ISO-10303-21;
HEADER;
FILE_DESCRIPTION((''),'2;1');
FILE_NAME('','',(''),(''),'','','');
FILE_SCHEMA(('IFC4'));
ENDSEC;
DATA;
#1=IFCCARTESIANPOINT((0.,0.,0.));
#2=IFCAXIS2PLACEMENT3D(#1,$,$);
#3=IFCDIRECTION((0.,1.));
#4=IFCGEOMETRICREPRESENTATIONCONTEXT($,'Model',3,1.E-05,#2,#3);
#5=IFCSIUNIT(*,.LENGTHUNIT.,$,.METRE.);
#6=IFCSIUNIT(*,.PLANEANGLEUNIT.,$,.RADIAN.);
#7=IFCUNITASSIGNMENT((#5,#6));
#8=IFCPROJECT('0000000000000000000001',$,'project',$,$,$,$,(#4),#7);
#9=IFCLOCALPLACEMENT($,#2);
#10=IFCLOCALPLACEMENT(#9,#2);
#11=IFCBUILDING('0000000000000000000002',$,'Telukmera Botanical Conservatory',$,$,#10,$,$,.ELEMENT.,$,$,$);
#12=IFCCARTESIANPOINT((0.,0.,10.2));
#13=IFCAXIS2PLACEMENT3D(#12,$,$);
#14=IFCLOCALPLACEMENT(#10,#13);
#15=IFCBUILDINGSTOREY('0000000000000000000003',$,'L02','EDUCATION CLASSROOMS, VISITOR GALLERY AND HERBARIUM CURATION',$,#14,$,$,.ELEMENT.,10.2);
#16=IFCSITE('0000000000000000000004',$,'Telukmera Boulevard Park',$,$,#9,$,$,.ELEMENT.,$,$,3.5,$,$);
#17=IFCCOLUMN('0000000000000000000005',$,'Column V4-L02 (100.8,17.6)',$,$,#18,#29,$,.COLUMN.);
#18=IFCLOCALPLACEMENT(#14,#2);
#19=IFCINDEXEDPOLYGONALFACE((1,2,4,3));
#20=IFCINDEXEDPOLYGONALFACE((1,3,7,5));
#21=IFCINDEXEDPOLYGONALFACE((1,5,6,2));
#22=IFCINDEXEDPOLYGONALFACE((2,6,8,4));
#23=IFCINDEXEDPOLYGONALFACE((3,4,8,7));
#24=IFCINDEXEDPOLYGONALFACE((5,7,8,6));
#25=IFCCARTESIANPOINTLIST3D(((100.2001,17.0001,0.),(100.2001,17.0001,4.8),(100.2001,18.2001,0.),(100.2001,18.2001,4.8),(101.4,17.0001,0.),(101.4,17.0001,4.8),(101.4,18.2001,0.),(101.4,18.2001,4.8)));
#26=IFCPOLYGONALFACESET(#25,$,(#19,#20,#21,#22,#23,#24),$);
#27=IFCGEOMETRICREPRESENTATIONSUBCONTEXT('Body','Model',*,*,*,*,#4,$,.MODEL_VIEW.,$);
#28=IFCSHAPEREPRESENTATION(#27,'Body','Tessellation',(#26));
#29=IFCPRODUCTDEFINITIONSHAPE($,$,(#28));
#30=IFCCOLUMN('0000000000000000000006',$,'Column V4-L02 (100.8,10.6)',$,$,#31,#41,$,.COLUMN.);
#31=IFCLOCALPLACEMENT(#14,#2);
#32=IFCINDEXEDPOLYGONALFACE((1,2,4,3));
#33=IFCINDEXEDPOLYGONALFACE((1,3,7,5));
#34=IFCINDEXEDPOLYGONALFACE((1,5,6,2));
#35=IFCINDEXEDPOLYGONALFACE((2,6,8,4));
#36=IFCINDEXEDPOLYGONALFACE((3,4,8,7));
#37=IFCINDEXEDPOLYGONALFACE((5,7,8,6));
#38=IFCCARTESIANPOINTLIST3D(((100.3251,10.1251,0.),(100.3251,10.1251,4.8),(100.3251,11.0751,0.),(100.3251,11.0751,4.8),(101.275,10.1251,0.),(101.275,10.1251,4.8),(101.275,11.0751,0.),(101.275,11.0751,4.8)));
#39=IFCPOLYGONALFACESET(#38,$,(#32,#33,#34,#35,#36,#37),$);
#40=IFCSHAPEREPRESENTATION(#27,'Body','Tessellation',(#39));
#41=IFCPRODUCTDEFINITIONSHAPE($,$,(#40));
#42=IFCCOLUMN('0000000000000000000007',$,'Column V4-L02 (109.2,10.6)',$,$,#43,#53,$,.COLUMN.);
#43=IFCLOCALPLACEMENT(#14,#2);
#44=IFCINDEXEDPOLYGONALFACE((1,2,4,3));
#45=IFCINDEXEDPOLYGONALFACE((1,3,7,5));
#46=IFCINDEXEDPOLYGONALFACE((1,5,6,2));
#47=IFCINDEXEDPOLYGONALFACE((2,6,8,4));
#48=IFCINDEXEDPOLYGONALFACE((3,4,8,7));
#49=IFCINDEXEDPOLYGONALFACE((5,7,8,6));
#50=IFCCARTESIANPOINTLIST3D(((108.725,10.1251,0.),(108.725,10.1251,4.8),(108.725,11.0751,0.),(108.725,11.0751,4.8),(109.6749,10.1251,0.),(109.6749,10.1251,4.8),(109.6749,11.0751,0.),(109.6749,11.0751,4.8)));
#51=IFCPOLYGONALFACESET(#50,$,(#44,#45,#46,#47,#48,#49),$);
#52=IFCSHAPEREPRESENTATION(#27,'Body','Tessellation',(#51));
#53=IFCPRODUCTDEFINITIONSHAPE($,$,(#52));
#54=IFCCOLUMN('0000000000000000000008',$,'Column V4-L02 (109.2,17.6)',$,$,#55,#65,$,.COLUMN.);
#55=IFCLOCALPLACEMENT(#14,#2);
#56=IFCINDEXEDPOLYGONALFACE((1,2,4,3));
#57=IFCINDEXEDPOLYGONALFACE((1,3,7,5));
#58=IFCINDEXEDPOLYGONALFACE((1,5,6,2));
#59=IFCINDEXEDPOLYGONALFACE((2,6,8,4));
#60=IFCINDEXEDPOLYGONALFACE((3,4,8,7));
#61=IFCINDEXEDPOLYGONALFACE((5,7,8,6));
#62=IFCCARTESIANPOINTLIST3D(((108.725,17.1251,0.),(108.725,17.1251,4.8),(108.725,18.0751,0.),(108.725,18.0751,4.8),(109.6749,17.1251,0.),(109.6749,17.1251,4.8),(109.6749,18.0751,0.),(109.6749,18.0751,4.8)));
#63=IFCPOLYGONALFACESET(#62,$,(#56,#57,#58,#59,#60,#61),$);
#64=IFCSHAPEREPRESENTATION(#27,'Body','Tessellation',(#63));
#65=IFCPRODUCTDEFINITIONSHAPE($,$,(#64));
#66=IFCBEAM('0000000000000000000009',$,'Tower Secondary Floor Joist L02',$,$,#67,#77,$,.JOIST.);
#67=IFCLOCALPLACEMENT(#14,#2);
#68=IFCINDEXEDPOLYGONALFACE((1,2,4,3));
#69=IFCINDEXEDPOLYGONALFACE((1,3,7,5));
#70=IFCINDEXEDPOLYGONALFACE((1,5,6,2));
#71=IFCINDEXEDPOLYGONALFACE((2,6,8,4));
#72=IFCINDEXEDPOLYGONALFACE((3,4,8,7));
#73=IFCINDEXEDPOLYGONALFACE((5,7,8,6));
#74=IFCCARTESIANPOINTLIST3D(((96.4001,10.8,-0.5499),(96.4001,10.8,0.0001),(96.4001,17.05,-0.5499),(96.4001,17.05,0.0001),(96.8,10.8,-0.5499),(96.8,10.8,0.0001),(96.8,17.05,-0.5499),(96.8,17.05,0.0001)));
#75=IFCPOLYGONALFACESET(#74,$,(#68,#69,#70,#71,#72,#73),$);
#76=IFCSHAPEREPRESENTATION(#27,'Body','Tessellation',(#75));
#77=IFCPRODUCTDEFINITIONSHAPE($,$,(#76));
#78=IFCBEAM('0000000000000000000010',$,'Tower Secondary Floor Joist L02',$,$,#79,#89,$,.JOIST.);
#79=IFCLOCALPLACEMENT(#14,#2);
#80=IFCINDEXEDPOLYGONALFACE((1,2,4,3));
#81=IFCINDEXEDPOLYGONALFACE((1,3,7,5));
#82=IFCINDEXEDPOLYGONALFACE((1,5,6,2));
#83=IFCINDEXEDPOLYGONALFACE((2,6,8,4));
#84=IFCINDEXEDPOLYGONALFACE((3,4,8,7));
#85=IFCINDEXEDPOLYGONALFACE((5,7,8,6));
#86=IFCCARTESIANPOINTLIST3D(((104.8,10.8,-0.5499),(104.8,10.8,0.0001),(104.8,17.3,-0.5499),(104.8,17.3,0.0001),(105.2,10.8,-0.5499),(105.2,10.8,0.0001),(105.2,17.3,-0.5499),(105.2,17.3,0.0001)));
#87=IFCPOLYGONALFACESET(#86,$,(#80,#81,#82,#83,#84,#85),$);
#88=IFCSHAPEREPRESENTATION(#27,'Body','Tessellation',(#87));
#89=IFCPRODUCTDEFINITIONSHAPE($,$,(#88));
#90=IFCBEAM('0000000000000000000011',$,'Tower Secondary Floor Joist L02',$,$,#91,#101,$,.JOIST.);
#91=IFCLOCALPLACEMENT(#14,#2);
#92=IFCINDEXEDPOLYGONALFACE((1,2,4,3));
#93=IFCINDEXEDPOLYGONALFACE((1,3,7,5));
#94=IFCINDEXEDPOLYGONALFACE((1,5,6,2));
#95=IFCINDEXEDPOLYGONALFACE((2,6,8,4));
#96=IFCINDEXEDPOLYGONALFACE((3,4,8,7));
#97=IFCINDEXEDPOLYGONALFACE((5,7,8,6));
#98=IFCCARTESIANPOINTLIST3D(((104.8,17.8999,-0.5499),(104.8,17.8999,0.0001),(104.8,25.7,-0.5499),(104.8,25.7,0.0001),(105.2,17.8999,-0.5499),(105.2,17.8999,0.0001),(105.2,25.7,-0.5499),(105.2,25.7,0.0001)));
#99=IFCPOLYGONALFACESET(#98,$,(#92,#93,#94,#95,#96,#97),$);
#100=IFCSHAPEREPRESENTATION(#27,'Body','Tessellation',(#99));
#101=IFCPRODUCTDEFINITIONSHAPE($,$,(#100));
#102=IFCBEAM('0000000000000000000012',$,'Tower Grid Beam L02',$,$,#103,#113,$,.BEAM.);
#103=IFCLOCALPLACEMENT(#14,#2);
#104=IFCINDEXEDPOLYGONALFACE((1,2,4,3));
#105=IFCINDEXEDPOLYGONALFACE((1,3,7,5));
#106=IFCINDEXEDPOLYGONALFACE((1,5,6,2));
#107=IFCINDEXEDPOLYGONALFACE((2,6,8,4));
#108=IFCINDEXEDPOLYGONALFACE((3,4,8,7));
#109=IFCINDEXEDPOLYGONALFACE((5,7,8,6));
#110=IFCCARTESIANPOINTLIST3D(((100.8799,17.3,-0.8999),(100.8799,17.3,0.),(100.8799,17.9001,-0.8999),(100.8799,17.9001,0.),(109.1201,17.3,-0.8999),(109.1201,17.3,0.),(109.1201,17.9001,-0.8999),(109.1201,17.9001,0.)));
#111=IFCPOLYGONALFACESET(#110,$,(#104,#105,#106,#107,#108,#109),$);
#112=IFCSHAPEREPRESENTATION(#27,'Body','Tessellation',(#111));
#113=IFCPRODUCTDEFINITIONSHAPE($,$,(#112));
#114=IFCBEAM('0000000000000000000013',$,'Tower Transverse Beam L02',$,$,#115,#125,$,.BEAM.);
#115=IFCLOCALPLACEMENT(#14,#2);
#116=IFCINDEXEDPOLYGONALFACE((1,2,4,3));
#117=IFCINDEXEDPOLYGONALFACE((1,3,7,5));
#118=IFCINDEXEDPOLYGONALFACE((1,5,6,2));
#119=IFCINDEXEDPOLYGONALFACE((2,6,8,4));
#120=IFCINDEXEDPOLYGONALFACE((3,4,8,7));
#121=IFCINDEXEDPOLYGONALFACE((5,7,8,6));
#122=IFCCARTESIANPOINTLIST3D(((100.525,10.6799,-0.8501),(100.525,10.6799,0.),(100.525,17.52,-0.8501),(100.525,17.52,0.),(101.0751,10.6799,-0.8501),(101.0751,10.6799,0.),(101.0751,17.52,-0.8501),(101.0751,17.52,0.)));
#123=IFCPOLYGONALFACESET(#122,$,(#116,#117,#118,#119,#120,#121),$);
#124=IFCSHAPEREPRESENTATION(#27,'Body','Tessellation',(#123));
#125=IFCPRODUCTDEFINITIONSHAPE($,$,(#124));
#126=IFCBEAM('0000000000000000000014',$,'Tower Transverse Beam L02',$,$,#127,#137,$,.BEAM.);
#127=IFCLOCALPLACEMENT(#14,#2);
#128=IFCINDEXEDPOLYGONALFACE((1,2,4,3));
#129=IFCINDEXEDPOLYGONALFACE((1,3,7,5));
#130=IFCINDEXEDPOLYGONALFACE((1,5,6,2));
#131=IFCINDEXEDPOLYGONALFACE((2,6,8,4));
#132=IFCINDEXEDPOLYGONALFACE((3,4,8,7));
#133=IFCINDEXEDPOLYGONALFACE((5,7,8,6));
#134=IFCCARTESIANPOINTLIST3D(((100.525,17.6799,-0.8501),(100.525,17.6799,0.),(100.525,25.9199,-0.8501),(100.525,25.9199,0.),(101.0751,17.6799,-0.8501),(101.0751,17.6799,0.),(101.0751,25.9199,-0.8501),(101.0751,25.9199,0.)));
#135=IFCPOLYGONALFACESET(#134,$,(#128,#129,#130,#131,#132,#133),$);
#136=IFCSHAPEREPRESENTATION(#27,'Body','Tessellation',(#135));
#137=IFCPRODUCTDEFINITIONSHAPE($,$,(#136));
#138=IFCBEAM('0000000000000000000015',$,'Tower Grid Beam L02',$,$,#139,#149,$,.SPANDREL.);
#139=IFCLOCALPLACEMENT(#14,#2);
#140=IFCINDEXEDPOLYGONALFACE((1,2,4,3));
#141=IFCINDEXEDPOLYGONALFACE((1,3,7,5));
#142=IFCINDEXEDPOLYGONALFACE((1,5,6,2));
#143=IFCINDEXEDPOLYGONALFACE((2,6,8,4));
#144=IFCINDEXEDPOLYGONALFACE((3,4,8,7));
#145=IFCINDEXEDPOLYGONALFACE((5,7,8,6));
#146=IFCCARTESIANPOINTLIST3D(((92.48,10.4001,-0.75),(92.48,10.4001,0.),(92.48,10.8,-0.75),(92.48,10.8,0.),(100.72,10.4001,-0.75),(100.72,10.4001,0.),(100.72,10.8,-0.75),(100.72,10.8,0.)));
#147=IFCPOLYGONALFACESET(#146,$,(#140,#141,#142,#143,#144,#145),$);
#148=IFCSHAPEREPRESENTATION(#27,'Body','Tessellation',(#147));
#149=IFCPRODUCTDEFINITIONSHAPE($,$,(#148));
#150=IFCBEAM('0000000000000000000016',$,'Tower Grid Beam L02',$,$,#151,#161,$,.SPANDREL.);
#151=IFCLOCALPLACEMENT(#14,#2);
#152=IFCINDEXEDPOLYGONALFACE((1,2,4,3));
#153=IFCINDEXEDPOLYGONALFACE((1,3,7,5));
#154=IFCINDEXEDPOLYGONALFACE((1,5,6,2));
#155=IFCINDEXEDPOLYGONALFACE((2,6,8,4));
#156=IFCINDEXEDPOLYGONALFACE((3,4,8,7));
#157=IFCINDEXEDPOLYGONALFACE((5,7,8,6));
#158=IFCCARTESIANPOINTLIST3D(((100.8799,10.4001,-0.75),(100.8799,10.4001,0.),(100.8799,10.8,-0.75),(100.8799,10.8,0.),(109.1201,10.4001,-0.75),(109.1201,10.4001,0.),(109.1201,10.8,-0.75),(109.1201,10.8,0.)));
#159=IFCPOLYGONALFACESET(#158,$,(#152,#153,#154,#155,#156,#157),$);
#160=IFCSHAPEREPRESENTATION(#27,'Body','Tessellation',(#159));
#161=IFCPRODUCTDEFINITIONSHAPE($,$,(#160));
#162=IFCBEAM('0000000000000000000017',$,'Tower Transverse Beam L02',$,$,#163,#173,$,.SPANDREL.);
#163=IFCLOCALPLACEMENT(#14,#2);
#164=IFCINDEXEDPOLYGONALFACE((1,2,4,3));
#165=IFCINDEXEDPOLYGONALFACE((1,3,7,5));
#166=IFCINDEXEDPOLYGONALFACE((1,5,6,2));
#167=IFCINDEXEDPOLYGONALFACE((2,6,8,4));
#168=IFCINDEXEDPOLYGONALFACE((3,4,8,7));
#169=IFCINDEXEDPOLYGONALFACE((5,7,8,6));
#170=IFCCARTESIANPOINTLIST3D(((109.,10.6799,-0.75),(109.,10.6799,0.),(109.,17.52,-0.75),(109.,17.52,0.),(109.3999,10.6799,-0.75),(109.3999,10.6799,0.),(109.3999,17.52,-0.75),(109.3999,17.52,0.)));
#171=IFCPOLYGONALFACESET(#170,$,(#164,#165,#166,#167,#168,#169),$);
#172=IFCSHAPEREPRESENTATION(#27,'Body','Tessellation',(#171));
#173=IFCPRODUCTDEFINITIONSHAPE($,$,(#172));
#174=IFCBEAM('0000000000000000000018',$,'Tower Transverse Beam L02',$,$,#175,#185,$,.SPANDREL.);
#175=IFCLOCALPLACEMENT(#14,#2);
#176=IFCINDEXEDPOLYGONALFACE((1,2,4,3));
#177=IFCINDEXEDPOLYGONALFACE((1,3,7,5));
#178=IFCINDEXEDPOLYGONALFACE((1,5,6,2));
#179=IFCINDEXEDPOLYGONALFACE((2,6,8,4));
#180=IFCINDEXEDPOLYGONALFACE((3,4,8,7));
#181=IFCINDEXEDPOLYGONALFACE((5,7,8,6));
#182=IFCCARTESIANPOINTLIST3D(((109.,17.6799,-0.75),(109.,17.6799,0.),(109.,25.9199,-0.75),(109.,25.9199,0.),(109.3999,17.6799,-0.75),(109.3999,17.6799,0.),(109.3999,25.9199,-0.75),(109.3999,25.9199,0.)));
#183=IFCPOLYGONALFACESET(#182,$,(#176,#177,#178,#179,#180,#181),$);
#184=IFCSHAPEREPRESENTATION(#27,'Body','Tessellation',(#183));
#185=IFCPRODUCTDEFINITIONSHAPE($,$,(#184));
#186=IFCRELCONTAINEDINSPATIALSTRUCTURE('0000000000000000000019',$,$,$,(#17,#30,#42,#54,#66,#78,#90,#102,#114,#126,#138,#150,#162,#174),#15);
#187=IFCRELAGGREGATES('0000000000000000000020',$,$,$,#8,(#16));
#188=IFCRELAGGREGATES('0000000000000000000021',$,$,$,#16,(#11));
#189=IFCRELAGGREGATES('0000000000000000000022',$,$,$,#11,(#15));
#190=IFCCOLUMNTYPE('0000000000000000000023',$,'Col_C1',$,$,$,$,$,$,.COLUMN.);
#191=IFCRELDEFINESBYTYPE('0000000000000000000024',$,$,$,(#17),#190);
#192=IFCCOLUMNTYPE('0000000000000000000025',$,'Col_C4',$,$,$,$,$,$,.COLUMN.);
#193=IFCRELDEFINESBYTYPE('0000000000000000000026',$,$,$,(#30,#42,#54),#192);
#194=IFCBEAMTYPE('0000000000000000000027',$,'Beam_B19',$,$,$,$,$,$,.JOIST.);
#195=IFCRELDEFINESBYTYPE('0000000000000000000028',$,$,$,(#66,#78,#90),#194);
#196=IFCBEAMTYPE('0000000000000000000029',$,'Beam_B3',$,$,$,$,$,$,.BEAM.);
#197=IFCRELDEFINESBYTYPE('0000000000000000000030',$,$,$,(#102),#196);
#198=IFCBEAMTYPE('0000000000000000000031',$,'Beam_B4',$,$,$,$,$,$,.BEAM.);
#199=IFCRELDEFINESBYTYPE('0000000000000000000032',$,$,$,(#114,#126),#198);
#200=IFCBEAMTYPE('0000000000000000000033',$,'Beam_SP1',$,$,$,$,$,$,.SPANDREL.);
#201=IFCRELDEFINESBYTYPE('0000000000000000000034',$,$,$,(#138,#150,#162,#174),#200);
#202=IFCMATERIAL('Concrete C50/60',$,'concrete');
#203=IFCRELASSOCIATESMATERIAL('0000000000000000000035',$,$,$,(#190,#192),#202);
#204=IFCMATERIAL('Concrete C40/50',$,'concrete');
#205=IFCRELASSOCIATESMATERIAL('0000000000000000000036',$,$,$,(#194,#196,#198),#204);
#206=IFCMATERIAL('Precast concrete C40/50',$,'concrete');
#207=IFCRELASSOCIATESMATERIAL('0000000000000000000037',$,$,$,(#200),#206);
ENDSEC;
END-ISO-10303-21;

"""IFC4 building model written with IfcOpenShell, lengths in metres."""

from ifc_helpers import new_model, si_unit, direction, frame, origin, origin_2d, place, context, subcontext, project, spatial, rectangle, extrude, material, material_profile, profile_set, type_object, element, save


model = new_model("IFC4")

# Units and contexts
model_context = context("Model", 3, precision=1e-05, world=origin(), true_north=direction((0.0, 1.0)))
body_context = subcontext(model_context, "Body", "Model", "MODEL_VIEW")
ifc_project = project(units=[si_unit("LENGTHUNIT", "METRE"), si_unit("PLANEANGLEUNIT", "RADIAN")], contexts=[model_context])

# Site, building, storey
site_placement = place(None, origin())
site = spatial("IfcSite", under=ifc_project, at=site_placement, Name="Telukmera Boulevard Park", CompositionType="ELEMENT", RefElevation=3.5)
building_placement = place(site_placement, origin())
building = spatial("IfcBuilding", under=site, at=building_placement, Name="Telukmera Botanical Conservatory", CompositionType="ELEMENT")
storey_placement = place(building_placement, frame((0.0, 0.0, 10.2)))
storey = spatial("IfcBuildingStorey", under=building, at=storey_placement, Name="L02", Description="EDUCATION CLASSROOMS, VISITOR GALLERY AND HERBARIUM CURATION", CompositionType="ELEMENT", Elevation=10.2)

# Columns
ifc_material_1 = material(Name="Concrete C50/60", Category="concrete")
ifc_material_profile_1 = material_profile(ifc_material_1, rectangle(XDim=1.2, YDim=1.2, at=origin_2d()), Name="RC 1200x1200")
ifc_profile_set_1 = profile_set([ifc_material_profile_1], Name="Concrete C50/60")
column_type_1 = type_object("IfcColumnType", Name="Col_C1", PredefinedType="COLUMN", material=ifc_profile_set_1)
column_placement = place(storey_placement, frame((100.8, 17.6001, 0.0), z_axis=(0.0, 0.0, 1.0), x_axis=(1.0, 0.0, 0.0)))
element("IfcColumn", 1, at=column_placement, inside=storey, type_object=column_type_1, Name="Column V4-L02 (100.8,17.6)", PredefinedType="COLUMN", context=body_context, shape_type="SweptSolid", body=[
    extrude(rectangle(XDim=1.2, YDim=1.2, at=origin_2d()), origin(), (0.0, 0.0, 1.0), 4.8),
])
ifc_material_profile_2 = material_profile(ifc_material_1, rectangle(XDim=0.95, YDim=0.95, at=origin_2d()), Name="RC 950x950")
ifc_profile_set_2 = profile_set([ifc_material_profile_2], Name="Concrete C50/60")
column_type_2 = type_object("IfcColumnType", Name="Col_C4", PredefinedType="COLUMN", material=ifc_profile_set_2)
for number, where, z_axis, x_axis, name in (
    (2, (100.8, 10.6001, 0.0), (0.0, 0.0, 1.0), (1.0, 0.0, 0.0), "Column V4-L02 (100.8,10.6)"),
    (3, (109.2, 10.6001, 0.0), (0.0, 0.0, 1.0), (1.0, 0.0, 0.0), "Column V4-L02 (109.2,10.6)"),
    (4, (109.2, 17.6001, 0.0), (0.0, 0.0, 1.0), (1.0, 0.0, 0.0), "Column V4-L02 (109.2,17.6)"),
):
    element("IfcColumn", number, at=place(storey_placement, frame(where, z_axis=z_axis, x_axis=x_axis)), inside=storey, type_object=column_type_2, Name=name, PredefinedType="COLUMN", context=body_context, shape_type="SweptSolid", body=[
        extrude(rectangle(XDim=0.95, YDim=0.95, at=origin_2d()), origin(), (0.0, 0.0, 1.0), 4.8),
    ])

# Beams
ifc_material_2 = material(Name="Concrete C40/50", Category="concrete")
ifc_material_profile_3 = material_profile(ifc_material_2, rectangle(XDim=0.3999, YDim=0.55, at=origin_2d()), Name="RC 400x550")
ifc_profile_set_3 = profile_set([ifc_material_profile_3], Name="Concrete C40/50")
beam_type_1 = type_object("IfcBeamType", Name="Beam_B19", PredefinedType="JOIST", material=ifc_profile_set_3)
beam_1_placement = place(storey_placement, frame((96.6001, 10.8, -0.2749), z_axis=(0.0, 1.0, 0.0), x_axis=(-1.0, 0.0, 0.0)))
element("IfcBeam", 5, at=beam_1_placement, inside=storey, type_object=beam_type_1, Name="Tower Secondary Floor Joist L02", PredefinedType="JOIST", context=body_context, shape_type="SweptSolid", body=[
    extrude(rectangle(XDim=0.3999, YDim=0.55, at=origin_2d()), origin(), (0.0, 0.0, 1.0), 6.25),
])
beam_2_placement = place(storey_placement, frame((105.0, 10.8, -0.2749), z_axis=(0.0, 1.0, 0.0), x_axis=(-1.0, 0.0, 0.0)))
element("IfcBeam", 6, at=beam_2_placement, inside=storey, type_object=beam_type_1, Name="Tower Secondary Floor Joist L02", PredefinedType="JOIST", context=body_context, shape_type="SweptSolid", body=[
    extrude(rectangle(XDim=0.3999, YDim=0.55, at=origin_2d()), origin(), (0.0, 0.0, 1.0), 6.5),
])
beam_3_placement = place(storey_placement, frame((105.0, 17.8999, -0.2749), z_axis=(0.0, 1.0, 0.0), x_axis=(-1.0, 0.0, 0.0)))
element("IfcBeam", 7, at=beam_3_placement, inside=storey, type_object=beam_type_1, Name="Tower Secondary Floor Joist L02", PredefinedType="JOIST", context=body_context, shape_type="SweptSolid", body=[
    extrude(rectangle(XDim=0.3999, YDim=0.55, at=origin_2d()), origin(), (0.0, 0.0, 1.0), 7.8),
])
ifc_material_profile_4 = material_profile(ifc_material_2, rectangle(XDim=0.6001, YDim=0.8999, at=origin_2d()), Name="RC 600x900")
ifc_profile_set_4 = profile_set([ifc_material_profile_4], Name="Concrete C40/50")
beam_type_2 = type_object("IfcBeamType", Name="Beam_B3", PredefinedType="BEAM", material=ifc_profile_set_4)
beam_4_placement = place(storey_placement, frame((100.8799, 17.6001, -0.45), z_axis=(1.0, 0.0, 0.0), x_axis=(0.0, 1.0, 0.0)))
element("IfcBeam", 8, at=beam_4_placement, inside=storey, type_object=beam_type_2, Name="Tower Grid Beam L02", PredefinedType="BEAM", context=body_context, shape_type="SweptSolid", body=[
    extrude(rectangle(XDim=0.6001, YDim=0.8999, at=origin_2d()), origin(), (0.0, 0.0, 1.0), 8.2402),
])
ifc_material_profile_5 = material_profile(ifc_material_2, rectangle(XDim=0.55, YDim=0.8501, at=origin_2d()), Name="RC 550x850")
ifc_profile_set_5 = profile_set([ifc_material_profile_5], Name="Concrete C40/50")
beam_type_3 = type_object("IfcBeamType", Name="Beam_B4", PredefinedType="BEAM", material=ifc_profile_set_5)
beam_5_placement = place(storey_placement, frame((100.8, 10.6799, -0.425), z_axis=(0.0, 1.0, 0.0), x_axis=(-1.0, 0.0, 0.0)))
element("IfcBeam", 9, at=beam_5_placement, inside=storey, type_object=beam_type_3, Name="Tower Transverse Beam L02", PredefinedType="BEAM", context=body_context, shape_type="SweptSolid", body=[
    extrude(rectangle(XDim=0.55, YDim=0.8501, at=origin_2d()), origin(), (0.0, 0.0, 1.0), 6.8401),
])
beam_6_placement = place(storey_placement, frame((100.8, 17.6799, -0.425), z_axis=(0.0, 1.0, 0.0), x_axis=(-1.0, 0.0, 0.0)))
element("IfcBeam", 10, at=beam_6_placement, inside=storey, type_object=beam_type_3, Name="Tower Transverse Beam L02", PredefinedType="BEAM", context=body_context, shape_type="SweptSolid", body=[
    extrude(rectangle(XDim=0.55, YDim=0.8501, at=origin_2d()), origin(), (0.0, 0.0, 1.0), 8.24),
])
ifc_material_3 = material(Name="Precast concrete C40/50", Category="concrete")
ifc_material_profile_6 = material_profile(ifc_material_3, rectangle(XDim=0.3999, YDim=0.75, at=origin_2d()), Name="PC 400x750")
ifc_profile_set_6 = profile_set([ifc_material_profile_6], Name="Precast concrete C40/50")
beam_type_4 = type_object("IfcBeamType", Name="Beam_SP1", PredefinedType="SPANDREL", material=ifc_profile_set_6)
beam_7_placement = place(storey_placement, frame((92.48, 10.6001, -0.375), z_axis=(1.0, 0.0, 0.0), x_axis=(0.0, 1.0, 0.0)))
element("IfcBeam", 11, at=beam_7_placement, inside=storey, type_object=beam_type_4, Name="Tower Grid Beam L02", PredefinedType="SPANDREL", context=body_context, shape_type="SweptSolid", body=[
    extrude(rectangle(XDim=0.3999, YDim=0.75, at=origin_2d()), origin(), (0.0, 0.0, 1.0), 8.24),
])
beam_8_placement = place(storey_placement, frame((100.8799, 10.6001, -0.375), z_axis=(1.0, 0.0, 0.0), x_axis=(0.0, 1.0, 0.0)))
element("IfcBeam", 12, at=beam_8_placement, inside=storey, type_object=beam_type_4, Name="Tower Grid Beam L02", PredefinedType="SPANDREL", context=body_context, shape_type="SweptSolid", body=[
    extrude(rectangle(XDim=0.3999, YDim=0.75, at=origin_2d()), origin(), (0.0, 0.0, 1.0), 8.2402),
])
beam_9_placement = place(storey_placement, frame((109.2, 10.6799, -0.375), z_axis=(0.0, 1.0, 0.0), x_axis=(-1.0, 0.0, 0.0)))
element("IfcBeam", 13, at=beam_9_placement, inside=storey, type_object=beam_type_4, Name="Tower Transverse Beam L02", PredefinedType="SPANDREL", context=body_context, shape_type="SweptSolid", body=[
    extrude(rectangle(XDim=0.3999, YDim=0.75, at=origin_2d()), origin(), (0.0, 0.0, 1.0), 6.8401),
])
beam_10_placement = place(storey_placement, frame((109.2, 17.6799, -0.375), z_axis=(0.0, 1.0, 0.0), x_axis=(-1.0, 0.0, 0.0)))
element("IfcBeam", 14, at=beam_10_placement, inside=storey, type_object=beam_type_4, Name="Tower Transverse Beam L02", PredefinedType="SPANDREL", context=body_context, shape_type="SweptSolid", body=[
    extrude(rectangle(XDim=0.3999, YDim=0.75, at=origin_2d()), origin(), (0.0, 0.0, 1.0), 8.24),
])

save(model, "model.ifc")
